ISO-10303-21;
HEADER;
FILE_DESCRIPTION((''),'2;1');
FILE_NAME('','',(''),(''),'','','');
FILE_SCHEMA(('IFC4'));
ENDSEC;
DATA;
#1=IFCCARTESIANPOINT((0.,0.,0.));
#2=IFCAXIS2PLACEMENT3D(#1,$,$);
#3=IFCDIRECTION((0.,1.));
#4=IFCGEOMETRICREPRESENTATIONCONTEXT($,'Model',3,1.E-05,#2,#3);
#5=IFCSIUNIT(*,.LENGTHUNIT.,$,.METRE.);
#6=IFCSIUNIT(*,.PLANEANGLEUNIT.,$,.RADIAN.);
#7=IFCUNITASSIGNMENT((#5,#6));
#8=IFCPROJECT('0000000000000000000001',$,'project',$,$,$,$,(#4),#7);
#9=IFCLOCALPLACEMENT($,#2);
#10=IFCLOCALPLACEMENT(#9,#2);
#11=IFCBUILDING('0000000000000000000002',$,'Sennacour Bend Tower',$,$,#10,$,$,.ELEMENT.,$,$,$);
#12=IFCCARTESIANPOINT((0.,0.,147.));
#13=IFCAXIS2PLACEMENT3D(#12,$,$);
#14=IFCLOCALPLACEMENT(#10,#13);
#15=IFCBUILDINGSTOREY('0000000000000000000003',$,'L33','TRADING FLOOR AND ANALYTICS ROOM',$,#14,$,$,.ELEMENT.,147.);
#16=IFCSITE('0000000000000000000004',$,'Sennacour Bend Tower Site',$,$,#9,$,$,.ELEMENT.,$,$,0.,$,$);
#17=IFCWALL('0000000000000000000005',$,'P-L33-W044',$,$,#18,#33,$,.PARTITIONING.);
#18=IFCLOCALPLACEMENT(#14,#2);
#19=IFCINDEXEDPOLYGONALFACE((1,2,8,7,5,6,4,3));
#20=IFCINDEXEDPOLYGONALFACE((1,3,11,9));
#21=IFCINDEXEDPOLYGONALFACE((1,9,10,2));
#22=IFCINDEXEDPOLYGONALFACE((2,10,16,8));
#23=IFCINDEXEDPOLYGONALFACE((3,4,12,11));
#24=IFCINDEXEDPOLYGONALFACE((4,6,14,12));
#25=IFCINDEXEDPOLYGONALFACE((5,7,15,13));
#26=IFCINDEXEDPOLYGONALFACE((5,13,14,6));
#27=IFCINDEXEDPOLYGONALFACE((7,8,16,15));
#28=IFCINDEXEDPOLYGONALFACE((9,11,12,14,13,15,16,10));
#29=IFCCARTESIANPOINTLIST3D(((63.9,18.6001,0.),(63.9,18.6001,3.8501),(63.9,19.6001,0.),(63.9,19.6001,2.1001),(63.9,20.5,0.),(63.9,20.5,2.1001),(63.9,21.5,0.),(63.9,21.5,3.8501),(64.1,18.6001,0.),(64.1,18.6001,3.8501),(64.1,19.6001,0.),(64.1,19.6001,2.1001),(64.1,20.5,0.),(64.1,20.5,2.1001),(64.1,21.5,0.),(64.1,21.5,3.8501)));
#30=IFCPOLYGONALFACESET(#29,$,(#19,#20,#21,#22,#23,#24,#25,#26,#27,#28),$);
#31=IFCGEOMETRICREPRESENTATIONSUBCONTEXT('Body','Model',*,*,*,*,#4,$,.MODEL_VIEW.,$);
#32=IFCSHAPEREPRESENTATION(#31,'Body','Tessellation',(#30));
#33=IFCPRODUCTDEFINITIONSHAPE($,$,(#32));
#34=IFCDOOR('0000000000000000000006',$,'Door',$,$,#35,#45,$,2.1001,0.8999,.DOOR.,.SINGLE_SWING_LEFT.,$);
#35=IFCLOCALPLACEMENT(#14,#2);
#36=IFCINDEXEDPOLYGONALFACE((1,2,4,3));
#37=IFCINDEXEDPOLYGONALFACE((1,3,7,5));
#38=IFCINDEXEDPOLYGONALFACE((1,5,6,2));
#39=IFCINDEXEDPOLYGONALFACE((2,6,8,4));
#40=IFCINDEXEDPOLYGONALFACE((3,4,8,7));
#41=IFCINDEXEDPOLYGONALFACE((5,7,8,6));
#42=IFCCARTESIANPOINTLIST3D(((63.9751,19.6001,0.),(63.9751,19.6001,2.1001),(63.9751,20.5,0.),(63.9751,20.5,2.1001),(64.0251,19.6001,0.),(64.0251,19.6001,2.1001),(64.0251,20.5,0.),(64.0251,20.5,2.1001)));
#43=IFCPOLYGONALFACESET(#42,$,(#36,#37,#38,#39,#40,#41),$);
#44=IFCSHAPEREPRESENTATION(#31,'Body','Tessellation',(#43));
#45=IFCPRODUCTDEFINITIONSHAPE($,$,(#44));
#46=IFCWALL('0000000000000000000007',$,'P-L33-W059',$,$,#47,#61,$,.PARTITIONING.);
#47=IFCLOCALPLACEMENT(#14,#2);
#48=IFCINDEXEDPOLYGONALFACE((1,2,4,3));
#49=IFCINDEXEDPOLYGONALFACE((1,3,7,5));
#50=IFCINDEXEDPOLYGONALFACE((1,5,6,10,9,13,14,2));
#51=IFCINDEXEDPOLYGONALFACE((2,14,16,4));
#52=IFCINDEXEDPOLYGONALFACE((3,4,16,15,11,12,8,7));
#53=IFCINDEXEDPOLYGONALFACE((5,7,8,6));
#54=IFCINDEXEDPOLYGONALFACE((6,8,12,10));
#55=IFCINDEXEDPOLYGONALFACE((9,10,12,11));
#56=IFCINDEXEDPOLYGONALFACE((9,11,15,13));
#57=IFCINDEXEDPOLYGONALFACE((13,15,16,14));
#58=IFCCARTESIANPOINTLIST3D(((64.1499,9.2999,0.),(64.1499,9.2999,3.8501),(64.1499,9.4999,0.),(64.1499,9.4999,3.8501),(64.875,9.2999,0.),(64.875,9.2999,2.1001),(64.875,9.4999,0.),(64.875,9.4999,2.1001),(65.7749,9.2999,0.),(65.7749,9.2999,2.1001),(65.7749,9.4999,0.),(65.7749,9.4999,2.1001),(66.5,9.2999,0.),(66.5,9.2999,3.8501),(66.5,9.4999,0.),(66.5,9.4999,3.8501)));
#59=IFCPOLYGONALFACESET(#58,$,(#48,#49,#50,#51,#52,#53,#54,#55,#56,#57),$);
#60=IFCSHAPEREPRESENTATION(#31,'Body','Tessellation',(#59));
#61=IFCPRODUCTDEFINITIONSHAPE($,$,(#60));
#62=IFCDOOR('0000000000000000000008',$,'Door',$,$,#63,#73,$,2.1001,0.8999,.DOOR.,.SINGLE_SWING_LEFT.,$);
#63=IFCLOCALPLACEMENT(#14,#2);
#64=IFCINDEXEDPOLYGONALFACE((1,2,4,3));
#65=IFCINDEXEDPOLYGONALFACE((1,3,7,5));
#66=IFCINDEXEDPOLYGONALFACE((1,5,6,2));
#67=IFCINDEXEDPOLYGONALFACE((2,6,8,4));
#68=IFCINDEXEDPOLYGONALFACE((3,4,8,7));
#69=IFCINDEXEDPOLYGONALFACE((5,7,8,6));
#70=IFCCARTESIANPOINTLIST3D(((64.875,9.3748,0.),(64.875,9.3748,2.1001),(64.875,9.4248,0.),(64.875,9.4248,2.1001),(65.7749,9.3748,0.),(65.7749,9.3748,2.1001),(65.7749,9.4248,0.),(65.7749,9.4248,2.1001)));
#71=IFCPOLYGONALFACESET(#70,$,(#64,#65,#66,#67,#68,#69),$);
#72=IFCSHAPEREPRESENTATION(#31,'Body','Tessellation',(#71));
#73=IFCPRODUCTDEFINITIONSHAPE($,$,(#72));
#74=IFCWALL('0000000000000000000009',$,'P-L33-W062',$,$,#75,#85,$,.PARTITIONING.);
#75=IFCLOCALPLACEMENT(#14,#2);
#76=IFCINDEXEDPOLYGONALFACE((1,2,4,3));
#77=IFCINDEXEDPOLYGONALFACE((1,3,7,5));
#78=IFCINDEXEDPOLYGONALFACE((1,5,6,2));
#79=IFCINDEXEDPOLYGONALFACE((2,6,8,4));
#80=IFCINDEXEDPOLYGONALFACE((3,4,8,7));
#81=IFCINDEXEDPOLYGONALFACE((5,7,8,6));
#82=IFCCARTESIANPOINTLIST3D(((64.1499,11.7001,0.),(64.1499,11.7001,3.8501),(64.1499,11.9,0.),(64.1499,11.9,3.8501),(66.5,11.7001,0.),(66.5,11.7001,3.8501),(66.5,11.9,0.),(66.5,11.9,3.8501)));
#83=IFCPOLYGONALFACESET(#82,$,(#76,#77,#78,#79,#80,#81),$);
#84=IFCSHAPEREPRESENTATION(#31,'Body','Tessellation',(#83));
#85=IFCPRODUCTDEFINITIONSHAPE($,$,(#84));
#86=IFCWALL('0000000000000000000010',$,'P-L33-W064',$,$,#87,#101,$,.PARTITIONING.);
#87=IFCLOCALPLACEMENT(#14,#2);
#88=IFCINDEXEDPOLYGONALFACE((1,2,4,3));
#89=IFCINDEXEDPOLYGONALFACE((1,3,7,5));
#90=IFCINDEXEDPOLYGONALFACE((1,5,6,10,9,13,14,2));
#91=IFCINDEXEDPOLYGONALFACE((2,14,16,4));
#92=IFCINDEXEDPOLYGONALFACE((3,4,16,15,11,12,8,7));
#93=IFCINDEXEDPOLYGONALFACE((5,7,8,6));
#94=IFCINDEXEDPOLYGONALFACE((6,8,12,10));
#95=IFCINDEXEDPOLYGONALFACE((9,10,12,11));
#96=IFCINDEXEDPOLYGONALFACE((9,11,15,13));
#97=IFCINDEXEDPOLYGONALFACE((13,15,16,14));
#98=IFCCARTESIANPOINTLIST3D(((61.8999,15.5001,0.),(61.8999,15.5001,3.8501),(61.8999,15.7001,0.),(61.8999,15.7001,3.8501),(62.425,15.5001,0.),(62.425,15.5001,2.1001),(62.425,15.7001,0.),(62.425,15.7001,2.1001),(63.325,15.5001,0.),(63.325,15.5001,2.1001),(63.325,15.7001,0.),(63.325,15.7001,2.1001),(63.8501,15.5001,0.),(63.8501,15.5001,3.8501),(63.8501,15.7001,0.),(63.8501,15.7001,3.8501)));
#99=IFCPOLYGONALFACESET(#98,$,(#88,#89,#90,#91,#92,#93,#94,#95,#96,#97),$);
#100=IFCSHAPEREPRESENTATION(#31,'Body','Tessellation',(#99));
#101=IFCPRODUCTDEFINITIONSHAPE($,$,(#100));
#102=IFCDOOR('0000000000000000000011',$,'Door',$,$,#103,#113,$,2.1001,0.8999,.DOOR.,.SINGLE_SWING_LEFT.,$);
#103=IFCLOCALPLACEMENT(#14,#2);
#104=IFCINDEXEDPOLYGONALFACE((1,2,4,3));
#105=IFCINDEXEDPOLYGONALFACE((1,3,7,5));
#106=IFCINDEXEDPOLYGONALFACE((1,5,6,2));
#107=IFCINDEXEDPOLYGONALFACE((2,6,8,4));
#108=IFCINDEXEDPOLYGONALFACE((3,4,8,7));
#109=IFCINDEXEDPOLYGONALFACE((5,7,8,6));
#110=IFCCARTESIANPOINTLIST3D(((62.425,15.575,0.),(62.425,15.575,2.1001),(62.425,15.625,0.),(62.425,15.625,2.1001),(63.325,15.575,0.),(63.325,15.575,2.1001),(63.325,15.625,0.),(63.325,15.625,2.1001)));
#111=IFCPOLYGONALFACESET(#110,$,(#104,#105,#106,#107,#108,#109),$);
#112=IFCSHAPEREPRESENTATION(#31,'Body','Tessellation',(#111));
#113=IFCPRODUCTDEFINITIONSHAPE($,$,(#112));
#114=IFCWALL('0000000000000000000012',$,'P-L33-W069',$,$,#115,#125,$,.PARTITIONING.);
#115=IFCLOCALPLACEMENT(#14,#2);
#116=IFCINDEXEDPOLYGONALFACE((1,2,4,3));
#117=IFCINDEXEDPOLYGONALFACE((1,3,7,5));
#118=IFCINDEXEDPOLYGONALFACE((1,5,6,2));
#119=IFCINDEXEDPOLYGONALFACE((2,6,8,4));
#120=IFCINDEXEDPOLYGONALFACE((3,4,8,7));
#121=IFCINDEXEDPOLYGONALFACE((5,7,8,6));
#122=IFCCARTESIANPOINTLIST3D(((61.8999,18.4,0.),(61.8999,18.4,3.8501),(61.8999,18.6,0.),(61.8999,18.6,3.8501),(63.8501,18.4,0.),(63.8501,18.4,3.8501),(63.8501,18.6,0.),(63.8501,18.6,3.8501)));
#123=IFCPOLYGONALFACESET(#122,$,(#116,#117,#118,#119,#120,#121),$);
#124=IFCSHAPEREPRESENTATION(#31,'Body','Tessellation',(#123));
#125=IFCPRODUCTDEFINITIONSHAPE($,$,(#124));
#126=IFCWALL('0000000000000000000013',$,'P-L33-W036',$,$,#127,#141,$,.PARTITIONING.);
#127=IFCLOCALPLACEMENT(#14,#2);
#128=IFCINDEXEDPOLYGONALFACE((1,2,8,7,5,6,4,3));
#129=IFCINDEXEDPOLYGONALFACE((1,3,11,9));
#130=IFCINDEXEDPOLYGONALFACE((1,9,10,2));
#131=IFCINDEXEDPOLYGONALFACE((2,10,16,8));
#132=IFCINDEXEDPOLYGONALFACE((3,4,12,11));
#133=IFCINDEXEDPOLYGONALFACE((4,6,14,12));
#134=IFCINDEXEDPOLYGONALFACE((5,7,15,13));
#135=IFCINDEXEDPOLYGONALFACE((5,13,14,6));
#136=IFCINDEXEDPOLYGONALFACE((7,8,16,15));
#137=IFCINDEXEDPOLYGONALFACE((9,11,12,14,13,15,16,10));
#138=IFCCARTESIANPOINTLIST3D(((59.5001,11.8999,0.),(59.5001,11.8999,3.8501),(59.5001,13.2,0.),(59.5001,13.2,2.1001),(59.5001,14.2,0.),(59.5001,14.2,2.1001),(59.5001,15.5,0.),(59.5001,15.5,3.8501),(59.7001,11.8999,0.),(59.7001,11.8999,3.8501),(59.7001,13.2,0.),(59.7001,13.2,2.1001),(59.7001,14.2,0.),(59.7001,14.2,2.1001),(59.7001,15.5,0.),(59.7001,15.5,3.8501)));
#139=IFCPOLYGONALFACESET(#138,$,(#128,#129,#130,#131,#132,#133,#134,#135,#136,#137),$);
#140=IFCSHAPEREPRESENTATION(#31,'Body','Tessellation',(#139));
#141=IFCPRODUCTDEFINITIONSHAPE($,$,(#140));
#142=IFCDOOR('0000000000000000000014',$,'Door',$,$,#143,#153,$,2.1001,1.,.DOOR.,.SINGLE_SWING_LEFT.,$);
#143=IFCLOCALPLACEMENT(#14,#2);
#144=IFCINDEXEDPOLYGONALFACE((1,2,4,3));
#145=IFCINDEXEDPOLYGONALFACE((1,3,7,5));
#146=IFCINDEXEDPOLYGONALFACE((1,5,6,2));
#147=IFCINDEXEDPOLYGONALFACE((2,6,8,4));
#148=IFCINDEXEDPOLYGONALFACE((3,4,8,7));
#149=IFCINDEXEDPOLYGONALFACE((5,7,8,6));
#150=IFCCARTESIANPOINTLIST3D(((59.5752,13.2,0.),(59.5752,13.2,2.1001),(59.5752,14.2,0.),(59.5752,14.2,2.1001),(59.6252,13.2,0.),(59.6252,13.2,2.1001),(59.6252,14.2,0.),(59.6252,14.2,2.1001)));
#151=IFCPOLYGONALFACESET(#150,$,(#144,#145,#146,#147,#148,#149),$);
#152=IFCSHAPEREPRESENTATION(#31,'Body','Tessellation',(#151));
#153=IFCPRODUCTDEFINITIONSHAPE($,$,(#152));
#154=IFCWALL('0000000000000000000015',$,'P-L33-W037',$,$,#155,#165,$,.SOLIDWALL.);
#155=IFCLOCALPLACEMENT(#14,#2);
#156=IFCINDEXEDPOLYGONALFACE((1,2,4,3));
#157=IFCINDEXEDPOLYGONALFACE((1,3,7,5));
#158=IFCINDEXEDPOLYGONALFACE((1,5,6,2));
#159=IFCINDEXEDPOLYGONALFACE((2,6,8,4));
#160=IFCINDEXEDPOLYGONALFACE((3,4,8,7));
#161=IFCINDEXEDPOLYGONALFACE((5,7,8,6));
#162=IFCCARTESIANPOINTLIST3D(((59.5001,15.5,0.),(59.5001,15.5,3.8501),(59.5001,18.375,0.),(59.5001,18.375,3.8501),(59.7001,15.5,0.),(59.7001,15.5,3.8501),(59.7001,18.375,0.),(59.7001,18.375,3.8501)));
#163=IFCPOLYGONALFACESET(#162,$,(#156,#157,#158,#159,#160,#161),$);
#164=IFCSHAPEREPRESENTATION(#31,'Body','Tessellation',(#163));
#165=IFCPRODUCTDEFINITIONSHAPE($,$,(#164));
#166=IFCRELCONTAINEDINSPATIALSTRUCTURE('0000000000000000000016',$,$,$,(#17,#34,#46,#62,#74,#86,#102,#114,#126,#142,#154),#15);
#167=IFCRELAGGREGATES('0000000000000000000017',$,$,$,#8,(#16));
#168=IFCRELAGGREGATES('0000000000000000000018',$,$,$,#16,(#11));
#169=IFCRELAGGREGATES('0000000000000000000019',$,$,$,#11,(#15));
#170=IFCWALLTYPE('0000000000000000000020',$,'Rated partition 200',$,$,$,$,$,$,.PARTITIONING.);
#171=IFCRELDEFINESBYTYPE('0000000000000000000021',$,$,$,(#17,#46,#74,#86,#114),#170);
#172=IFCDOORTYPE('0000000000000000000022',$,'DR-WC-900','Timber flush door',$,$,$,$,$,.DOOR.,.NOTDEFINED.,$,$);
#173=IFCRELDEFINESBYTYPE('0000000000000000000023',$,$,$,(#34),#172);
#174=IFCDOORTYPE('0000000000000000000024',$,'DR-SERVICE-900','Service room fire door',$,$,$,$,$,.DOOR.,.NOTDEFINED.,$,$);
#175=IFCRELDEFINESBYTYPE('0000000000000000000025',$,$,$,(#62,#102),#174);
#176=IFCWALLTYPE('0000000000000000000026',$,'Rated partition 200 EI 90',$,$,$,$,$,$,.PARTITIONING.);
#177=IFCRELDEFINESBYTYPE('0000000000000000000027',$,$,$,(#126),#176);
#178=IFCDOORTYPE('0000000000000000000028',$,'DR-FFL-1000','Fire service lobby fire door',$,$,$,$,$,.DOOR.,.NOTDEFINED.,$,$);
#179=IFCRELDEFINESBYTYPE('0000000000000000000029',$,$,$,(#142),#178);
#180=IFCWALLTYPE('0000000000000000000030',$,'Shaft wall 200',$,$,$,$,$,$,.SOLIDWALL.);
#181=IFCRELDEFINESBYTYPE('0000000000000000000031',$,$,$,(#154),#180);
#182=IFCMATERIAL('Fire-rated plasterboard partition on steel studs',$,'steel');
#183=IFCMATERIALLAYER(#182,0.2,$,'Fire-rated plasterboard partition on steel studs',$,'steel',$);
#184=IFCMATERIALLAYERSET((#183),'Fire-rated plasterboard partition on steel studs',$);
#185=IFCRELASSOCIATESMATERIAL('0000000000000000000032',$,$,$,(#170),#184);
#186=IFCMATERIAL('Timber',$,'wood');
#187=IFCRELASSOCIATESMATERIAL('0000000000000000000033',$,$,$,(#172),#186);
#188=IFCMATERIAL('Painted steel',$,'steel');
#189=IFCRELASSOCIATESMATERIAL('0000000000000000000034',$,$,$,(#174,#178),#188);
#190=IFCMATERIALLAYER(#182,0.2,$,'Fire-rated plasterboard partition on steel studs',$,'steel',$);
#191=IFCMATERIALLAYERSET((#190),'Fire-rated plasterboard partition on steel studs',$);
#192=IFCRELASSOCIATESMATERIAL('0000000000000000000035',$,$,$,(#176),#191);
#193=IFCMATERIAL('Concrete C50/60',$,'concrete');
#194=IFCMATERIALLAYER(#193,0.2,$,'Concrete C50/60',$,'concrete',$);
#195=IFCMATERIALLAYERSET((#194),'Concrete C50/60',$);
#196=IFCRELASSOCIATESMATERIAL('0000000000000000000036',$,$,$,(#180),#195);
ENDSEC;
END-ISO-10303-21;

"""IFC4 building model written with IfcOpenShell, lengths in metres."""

from ifc_helpers import new_model, si_unit, direction, frame, frame_2d, origin, place, context, subcontext, project, spatial, rectangle, extrude, material, layer, layer_set, type_object, element, fill, save


model = new_model("IFC4")

# Units and contexts
model_context = context("Model", 3, precision=1e-05, world=origin(), true_north=direction((0.0, 1.0)))
body_context = subcontext(model_context, "Body", "Model", "MODEL_VIEW")
ifc_project = project(units=[si_unit("LENGTHUNIT", "METRE"), si_unit("PLANEANGLEUNIT", "RADIAN")], contexts=[model_context])

# Site, building, storey
site_placement = place(None, origin())
site = spatial("IfcSite", under=ifc_project, at=site_placement, Name="Sennacour Bend Tower Site", CompositionType="ELEMENT", RefElevation=0.0)
building_placement = place(site_placement, origin())
building = spatial("IfcBuilding", under=site, at=building_placement, Name="Sennacour Bend Tower", CompositionType="ELEMENT")
storey_placement = place(building_placement, frame((0.0, 0.0, 147.0)))
storey = spatial("IfcBuildingStorey", under=building, at=storey_placement, Name="L33", Description="TRADING FLOOR AND ANALYTICS ROOM", CompositionType="ELEMENT", Elevation=147.0)

# Walls, openings, doors
ifc_material_1 = material(Name="Fire-rated plasterboard partition on steel studs", Category="steel")
ifc_layer_1 = layer(ifc_material_1, 0.2, Name="Fire-rated plasterboard partition on steel studs", Category="steel")
ifc_layer_set_1 = layer_set([ifc_layer_1], Name="Fire-rated plasterboard partition on steel studs")
wall_type_1 = type_object("IfcWallType", Name="Rated partition 200", PredefinedType="PARTITIONING", material=ifc_layer_set_1)
wall_1_placement = place(storey_placement, frame((64.0, 18.6001, 0.0), z_axis=(0.0, 0.0, 1.0), x_axis=(0.0, 1.0, 0.0)))
wall_1 = element("IfcWall", 1, at=wall_1_placement, inside=storey, type_object=wall_type_1, Name="P-L33-W044", PredefinedType="PARTITIONING", context=body_context, shape_type="SweptSolid", body=[
    extrude(rectangle(XDim=2.8999, YDim=0.2, at=frame_2d((1.45, 0.0))), origin(), (0.0, 0.0, 1.0), 3.8501),
])
opening_1_placement = place(wall_1_placement, frame((1.0, 0.0, 0.0)))
opening_1 = element("IfcOpeningElement", 2, at=opening_1_placement, cuts=wall_1, PredefinedType="OPENING", context=body_context, shape_type="SweptSolid", body=[
    extrude(rectangle(XDim=0.8999, YDim=2.1001, at=frame_2d((0.45, 1.05))), frame((0.0, 0.1099, 0.0), z_axis=(0.0, -1.0, 0.0), x_axis=(1.0, 0.0, 0.0)), (0.0, 0.0, 1.0), 0.22),
])
ifc_material_2 = material(Name="Timber", Category="wood")
door_type_1 = type_object("IfcDoorType", Name="DR-WC-900", Description="Timber flush door", OperationType="NOTDEFINED", PredefinedType="DOOR", material=ifc_material_2)
door_1_placement = place(opening_1_placement, origin())
door_1 = element("IfcDoor", 3, at=door_1_placement, inside=storey, type_object=door_type_1, Name="Door", OperationType="SINGLE_SWING_LEFT", OverallHeight=2.1001, OverallWidth=0.8999, PredefinedType="DOOR", context=body_context, shape_type="SweptSolid", body=[
    extrude(rectangle(XDim=0.8999, YDim=2.1001, at=frame_2d((0.45, 1.05))), frame((0.0, 0.0249, 0.0), z_axis=(0.0, -1.0, 0.0), x_axis=(1.0, 0.0, 0.0)), (0.0, 0.0, 1.0), 0.05),
])
fill(opening_1, door_1)
wall_2_placement = place(storey_placement, frame((64.1499, 9.3999, 0.0), z_axis=(0.0, 0.0, 1.0), x_axis=(1.0, 0.0, 0.0)))
wall_2 = element("IfcWall", 4, at=wall_2_placement, inside=storey, type_object=wall_type_1, Name="P-L33-W059", PredefinedType="PARTITIONING", context=body_context, shape_type="SweptSolid", body=[
    extrude(rectangle(XDim=2.3501, YDim=0.2, at=frame_2d((1.175, 0.0))), origin(), (0.0, 0.0, 1.0), 3.8501),
])
opening_2_placement = place(wall_2_placement, frame((0.7251, 0.0, 0.0)))
opening_2 = element("IfcOpeningElement", 5, at=opening_2_placement, cuts=wall_2, PredefinedType="OPENING", context=body_context, shape_type="SweptSolid", body=[
    extrude(rectangle(XDim=0.8999, YDim=2.1001, at=frame_2d((0.45, 1.05))), frame((0.0, 0.1099, 0.0), z_axis=(0.0, -1.0, 0.0), x_axis=(1.0, 0.0, 0.0)), (0.0, 0.0, 1.0), 0.22),
])
ifc_material_3 = material(Name="Painted steel", Category="steel")
door_type_2 = type_object("IfcDoorType", Name="DR-SERVICE-900", Description="Service room fire door", OperationType="NOTDEFINED", PredefinedType="DOOR", material=ifc_material_3)
door_2_placement = place(opening_2_placement, origin())
door_2 = element("IfcDoor", 6, at=door_2_placement, inside=storey, type_object=door_type_2, Name="Door", OperationType="SINGLE_SWING_LEFT", OverallHeight=2.1001, OverallWidth=0.8999, PredefinedType="DOOR", context=body_context, shape_type="SweptSolid", body=[
    extrude(rectangle(XDim=0.8999, YDim=2.1001, at=frame_2d((0.45, 1.05))), frame((0.0, 0.0249, 0.0), z_axis=(0.0, -1.0, 0.0), x_axis=(1.0, 0.0, 0.0)), (0.0, 0.0, 1.0), 0.05),
])
fill(opening_2, door_2)

# Wall
wall_3_placement = place(storey_placement, frame((64.1499, 11.8, 0.0), z_axis=(0.0, 0.0, 1.0), x_axis=(1.0, 0.0, 0.0)))
element("IfcWall", 7, at=wall_3_placement, inside=storey, type_object=wall_type_1, Name="P-L33-W062", PredefinedType="PARTITIONING", context=body_context, shape_type="SweptSolid", body=[
    extrude(rectangle(XDim=2.3501, YDim=0.2, at=frame_2d((1.175, 0.0))), origin(), (0.0, 0.0, 1.0), 3.8501),
])

# Wall, opening, door
wall_4_placement = place(storey_placement, frame((61.8999, 15.6001, 0.0), z_axis=(0.0, 0.0, 1.0), x_axis=(1.0, 0.0, 0.0)))
wall_4 = element("IfcWall", 8, at=wall_4_placement, inside=storey, type_object=wall_type_1, Name="P-L33-W064", PredefinedType="PARTITIONING", context=body_context, shape_type="SweptSolid", body=[
    extrude(rectangle(XDim=1.9502, YDim=0.2, at=frame_2d((0.9751, 0.0))), origin(), (0.0, 0.0, 1.0), 3.8501),
])
opening_3_placement = place(wall_4_placement, frame((0.5251, 0.0, 0.0)))
opening_3 = element("IfcOpeningElement", 9, at=opening_3_placement, cuts=wall_4, PredefinedType="OPENING", context=body_context, shape_type="SweptSolid", body=[
    extrude(rectangle(XDim=0.8999, YDim=2.1001, at=frame_2d((0.45, 1.05))), frame((0.0, 0.1099, 0.0), z_axis=(0.0, -1.0, 0.0), x_axis=(1.0, 0.0, 0.0)), (0.0, 0.0, 1.0), 0.22),
])
door_3_placement = place(opening_3_placement, origin())
door_3 = element("IfcDoor", 10, at=door_3_placement, inside=storey, type_object=door_type_2, Name="Door", OperationType="SINGLE_SWING_LEFT", OverallHeight=2.1001, OverallWidth=0.8999, PredefinedType="DOOR", context=body_context, shape_type="SweptSolid", body=[
    extrude(rectangle(XDim=0.8999, YDim=2.1001, at=frame_2d((0.45, 1.05))), frame((0.0, 0.0249, 0.0), z_axis=(0.0, -1.0, 0.0), x_axis=(1.0, 0.0, 0.0)), (0.0, 0.0, 1.0), 0.05),
])
fill(opening_3, door_3)

# Wall
wall_5_placement = place(storey_placement, frame((61.8999, 18.5, 0.0), z_axis=(0.0, 0.0, 1.0), x_axis=(1.0, 0.0, 0.0)))
element("IfcWall", 11, at=wall_5_placement, inside=storey, type_object=wall_type_1, Name="P-L33-W069", PredefinedType="PARTITIONING", context=body_context, shape_type="SweptSolid", body=[
    extrude(rectangle(XDim=1.9502, YDim=0.2, at=frame_2d((0.9751, 0.0))), origin(), (0.0, 0.0, 1.0), 3.8501),
])

# Wall, opening, door
ifc_layer_2 = layer(ifc_material_1, 0.2, Name="Fire-rated plasterboard partition on steel studs", Category="steel")
ifc_layer_set_2 = layer_set([ifc_layer_2], Name="Fire-rated plasterboard partition on steel studs")
wall_type_2 = type_object("IfcWallType", Name="Rated partition 200 EI 90", PredefinedType="PARTITIONING", material=ifc_layer_set_2)
wall_6_placement = place(storey_placement, frame((59.6001, 11.8999, 0.0), z_axis=(0.0, 0.0, 1.0), x_axis=(0.0, 1.0, 0.0)))
wall_6 = element("IfcWall", 12, at=wall_6_placement, inside=storey, type_object=wall_type_2, Name="P-L33-W036", PredefinedType="PARTITIONING", context=body_context, shape_type="SweptSolid", body=[
    extrude(rectangle(XDim=3.6001, YDim=0.2, at=frame_2d((1.8, 0.0))), origin(), (0.0, 0.0, 1.0), 3.8501),
])
opening_4_placement = place(wall_6_placement, frame((1.3, 0.0, 0.0)))
opening_4 = element("IfcOpeningElement", 13, at=opening_4_placement, cuts=wall_6, PredefinedType="OPENING", context=body_context, shape_type="SweptSolid", body=[
    extrude(rectangle(XDim=1.0, YDim=2.1001, at=frame_2d((0.5, 1.05))), frame((0.0, 0.1099, 0.0), z_axis=(0.0, -1.0, 0.0), x_axis=(1.0, 0.0, 0.0)), (0.0, 0.0, 1.0), 0.22),
])
door_type_3 = type_object("IfcDoorType", Name="DR-FFL-1000", Description="Fire service lobby fire door", OperationType="NOTDEFINED", PredefinedType="DOOR", material=ifc_material_3)
door_4_placement = place(opening_4_placement, origin())
door_4 = element("IfcDoor", 14, at=door_4_placement, inside=storey, type_object=door_type_3, Name="Door", OperationType="SINGLE_SWING_LEFT", OverallHeight=2.1001, OverallWidth=1.0, PredefinedType="DOOR", context=body_context, shape_type="SweptSolid", body=[
    extrude(rectangle(XDim=1.0, YDim=2.1001, at=frame_2d((0.5, 1.05))), frame((0.0, 0.0249, 0.0), z_axis=(0.0, -1.0, 0.0), x_axis=(1.0, 0.0, 0.0)), (0.0, 0.0, 1.0), 0.05),
])
fill(opening_4, door_4)

# Wall
ifc_material_4 = material(Name="Concrete C50/60", Category="concrete")
ifc_layer_3 = layer(ifc_material_4, 0.2, Name="Concrete C50/60", Category="concrete")
ifc_layer_set_3 = layer_set([ifc_layer_3], Name="Concrete C50/60")
wall_type_3 = type_object("IfcWallType", Name="Shaft wall 200", PredefinedType="SOLIDWALL", material=ifc_layer_set_3)
wall_7_placement = place(storey_placement, frame((59.6001, 15.5, 0.0), z_axis=(0.0, 0.0, 1.0), x_axis=(0.0, 1.0, 0.0)))
element("IfcWall", 15, at=wall_7_placement, inside=storey, type_object=wall_type_3, Name="P-L33-W037", PredefinedType="SOLIDWALL", context=body_context, shape_type="SweptSolid", body=[
    extrude(rectangle(XDim=2.875, YDim=0.2, at=frame_2d((1.4375, 0.0))), origin(), (0.0, 0.0, 1.0), 3.8501),
])

save(model, "model.ifc")
